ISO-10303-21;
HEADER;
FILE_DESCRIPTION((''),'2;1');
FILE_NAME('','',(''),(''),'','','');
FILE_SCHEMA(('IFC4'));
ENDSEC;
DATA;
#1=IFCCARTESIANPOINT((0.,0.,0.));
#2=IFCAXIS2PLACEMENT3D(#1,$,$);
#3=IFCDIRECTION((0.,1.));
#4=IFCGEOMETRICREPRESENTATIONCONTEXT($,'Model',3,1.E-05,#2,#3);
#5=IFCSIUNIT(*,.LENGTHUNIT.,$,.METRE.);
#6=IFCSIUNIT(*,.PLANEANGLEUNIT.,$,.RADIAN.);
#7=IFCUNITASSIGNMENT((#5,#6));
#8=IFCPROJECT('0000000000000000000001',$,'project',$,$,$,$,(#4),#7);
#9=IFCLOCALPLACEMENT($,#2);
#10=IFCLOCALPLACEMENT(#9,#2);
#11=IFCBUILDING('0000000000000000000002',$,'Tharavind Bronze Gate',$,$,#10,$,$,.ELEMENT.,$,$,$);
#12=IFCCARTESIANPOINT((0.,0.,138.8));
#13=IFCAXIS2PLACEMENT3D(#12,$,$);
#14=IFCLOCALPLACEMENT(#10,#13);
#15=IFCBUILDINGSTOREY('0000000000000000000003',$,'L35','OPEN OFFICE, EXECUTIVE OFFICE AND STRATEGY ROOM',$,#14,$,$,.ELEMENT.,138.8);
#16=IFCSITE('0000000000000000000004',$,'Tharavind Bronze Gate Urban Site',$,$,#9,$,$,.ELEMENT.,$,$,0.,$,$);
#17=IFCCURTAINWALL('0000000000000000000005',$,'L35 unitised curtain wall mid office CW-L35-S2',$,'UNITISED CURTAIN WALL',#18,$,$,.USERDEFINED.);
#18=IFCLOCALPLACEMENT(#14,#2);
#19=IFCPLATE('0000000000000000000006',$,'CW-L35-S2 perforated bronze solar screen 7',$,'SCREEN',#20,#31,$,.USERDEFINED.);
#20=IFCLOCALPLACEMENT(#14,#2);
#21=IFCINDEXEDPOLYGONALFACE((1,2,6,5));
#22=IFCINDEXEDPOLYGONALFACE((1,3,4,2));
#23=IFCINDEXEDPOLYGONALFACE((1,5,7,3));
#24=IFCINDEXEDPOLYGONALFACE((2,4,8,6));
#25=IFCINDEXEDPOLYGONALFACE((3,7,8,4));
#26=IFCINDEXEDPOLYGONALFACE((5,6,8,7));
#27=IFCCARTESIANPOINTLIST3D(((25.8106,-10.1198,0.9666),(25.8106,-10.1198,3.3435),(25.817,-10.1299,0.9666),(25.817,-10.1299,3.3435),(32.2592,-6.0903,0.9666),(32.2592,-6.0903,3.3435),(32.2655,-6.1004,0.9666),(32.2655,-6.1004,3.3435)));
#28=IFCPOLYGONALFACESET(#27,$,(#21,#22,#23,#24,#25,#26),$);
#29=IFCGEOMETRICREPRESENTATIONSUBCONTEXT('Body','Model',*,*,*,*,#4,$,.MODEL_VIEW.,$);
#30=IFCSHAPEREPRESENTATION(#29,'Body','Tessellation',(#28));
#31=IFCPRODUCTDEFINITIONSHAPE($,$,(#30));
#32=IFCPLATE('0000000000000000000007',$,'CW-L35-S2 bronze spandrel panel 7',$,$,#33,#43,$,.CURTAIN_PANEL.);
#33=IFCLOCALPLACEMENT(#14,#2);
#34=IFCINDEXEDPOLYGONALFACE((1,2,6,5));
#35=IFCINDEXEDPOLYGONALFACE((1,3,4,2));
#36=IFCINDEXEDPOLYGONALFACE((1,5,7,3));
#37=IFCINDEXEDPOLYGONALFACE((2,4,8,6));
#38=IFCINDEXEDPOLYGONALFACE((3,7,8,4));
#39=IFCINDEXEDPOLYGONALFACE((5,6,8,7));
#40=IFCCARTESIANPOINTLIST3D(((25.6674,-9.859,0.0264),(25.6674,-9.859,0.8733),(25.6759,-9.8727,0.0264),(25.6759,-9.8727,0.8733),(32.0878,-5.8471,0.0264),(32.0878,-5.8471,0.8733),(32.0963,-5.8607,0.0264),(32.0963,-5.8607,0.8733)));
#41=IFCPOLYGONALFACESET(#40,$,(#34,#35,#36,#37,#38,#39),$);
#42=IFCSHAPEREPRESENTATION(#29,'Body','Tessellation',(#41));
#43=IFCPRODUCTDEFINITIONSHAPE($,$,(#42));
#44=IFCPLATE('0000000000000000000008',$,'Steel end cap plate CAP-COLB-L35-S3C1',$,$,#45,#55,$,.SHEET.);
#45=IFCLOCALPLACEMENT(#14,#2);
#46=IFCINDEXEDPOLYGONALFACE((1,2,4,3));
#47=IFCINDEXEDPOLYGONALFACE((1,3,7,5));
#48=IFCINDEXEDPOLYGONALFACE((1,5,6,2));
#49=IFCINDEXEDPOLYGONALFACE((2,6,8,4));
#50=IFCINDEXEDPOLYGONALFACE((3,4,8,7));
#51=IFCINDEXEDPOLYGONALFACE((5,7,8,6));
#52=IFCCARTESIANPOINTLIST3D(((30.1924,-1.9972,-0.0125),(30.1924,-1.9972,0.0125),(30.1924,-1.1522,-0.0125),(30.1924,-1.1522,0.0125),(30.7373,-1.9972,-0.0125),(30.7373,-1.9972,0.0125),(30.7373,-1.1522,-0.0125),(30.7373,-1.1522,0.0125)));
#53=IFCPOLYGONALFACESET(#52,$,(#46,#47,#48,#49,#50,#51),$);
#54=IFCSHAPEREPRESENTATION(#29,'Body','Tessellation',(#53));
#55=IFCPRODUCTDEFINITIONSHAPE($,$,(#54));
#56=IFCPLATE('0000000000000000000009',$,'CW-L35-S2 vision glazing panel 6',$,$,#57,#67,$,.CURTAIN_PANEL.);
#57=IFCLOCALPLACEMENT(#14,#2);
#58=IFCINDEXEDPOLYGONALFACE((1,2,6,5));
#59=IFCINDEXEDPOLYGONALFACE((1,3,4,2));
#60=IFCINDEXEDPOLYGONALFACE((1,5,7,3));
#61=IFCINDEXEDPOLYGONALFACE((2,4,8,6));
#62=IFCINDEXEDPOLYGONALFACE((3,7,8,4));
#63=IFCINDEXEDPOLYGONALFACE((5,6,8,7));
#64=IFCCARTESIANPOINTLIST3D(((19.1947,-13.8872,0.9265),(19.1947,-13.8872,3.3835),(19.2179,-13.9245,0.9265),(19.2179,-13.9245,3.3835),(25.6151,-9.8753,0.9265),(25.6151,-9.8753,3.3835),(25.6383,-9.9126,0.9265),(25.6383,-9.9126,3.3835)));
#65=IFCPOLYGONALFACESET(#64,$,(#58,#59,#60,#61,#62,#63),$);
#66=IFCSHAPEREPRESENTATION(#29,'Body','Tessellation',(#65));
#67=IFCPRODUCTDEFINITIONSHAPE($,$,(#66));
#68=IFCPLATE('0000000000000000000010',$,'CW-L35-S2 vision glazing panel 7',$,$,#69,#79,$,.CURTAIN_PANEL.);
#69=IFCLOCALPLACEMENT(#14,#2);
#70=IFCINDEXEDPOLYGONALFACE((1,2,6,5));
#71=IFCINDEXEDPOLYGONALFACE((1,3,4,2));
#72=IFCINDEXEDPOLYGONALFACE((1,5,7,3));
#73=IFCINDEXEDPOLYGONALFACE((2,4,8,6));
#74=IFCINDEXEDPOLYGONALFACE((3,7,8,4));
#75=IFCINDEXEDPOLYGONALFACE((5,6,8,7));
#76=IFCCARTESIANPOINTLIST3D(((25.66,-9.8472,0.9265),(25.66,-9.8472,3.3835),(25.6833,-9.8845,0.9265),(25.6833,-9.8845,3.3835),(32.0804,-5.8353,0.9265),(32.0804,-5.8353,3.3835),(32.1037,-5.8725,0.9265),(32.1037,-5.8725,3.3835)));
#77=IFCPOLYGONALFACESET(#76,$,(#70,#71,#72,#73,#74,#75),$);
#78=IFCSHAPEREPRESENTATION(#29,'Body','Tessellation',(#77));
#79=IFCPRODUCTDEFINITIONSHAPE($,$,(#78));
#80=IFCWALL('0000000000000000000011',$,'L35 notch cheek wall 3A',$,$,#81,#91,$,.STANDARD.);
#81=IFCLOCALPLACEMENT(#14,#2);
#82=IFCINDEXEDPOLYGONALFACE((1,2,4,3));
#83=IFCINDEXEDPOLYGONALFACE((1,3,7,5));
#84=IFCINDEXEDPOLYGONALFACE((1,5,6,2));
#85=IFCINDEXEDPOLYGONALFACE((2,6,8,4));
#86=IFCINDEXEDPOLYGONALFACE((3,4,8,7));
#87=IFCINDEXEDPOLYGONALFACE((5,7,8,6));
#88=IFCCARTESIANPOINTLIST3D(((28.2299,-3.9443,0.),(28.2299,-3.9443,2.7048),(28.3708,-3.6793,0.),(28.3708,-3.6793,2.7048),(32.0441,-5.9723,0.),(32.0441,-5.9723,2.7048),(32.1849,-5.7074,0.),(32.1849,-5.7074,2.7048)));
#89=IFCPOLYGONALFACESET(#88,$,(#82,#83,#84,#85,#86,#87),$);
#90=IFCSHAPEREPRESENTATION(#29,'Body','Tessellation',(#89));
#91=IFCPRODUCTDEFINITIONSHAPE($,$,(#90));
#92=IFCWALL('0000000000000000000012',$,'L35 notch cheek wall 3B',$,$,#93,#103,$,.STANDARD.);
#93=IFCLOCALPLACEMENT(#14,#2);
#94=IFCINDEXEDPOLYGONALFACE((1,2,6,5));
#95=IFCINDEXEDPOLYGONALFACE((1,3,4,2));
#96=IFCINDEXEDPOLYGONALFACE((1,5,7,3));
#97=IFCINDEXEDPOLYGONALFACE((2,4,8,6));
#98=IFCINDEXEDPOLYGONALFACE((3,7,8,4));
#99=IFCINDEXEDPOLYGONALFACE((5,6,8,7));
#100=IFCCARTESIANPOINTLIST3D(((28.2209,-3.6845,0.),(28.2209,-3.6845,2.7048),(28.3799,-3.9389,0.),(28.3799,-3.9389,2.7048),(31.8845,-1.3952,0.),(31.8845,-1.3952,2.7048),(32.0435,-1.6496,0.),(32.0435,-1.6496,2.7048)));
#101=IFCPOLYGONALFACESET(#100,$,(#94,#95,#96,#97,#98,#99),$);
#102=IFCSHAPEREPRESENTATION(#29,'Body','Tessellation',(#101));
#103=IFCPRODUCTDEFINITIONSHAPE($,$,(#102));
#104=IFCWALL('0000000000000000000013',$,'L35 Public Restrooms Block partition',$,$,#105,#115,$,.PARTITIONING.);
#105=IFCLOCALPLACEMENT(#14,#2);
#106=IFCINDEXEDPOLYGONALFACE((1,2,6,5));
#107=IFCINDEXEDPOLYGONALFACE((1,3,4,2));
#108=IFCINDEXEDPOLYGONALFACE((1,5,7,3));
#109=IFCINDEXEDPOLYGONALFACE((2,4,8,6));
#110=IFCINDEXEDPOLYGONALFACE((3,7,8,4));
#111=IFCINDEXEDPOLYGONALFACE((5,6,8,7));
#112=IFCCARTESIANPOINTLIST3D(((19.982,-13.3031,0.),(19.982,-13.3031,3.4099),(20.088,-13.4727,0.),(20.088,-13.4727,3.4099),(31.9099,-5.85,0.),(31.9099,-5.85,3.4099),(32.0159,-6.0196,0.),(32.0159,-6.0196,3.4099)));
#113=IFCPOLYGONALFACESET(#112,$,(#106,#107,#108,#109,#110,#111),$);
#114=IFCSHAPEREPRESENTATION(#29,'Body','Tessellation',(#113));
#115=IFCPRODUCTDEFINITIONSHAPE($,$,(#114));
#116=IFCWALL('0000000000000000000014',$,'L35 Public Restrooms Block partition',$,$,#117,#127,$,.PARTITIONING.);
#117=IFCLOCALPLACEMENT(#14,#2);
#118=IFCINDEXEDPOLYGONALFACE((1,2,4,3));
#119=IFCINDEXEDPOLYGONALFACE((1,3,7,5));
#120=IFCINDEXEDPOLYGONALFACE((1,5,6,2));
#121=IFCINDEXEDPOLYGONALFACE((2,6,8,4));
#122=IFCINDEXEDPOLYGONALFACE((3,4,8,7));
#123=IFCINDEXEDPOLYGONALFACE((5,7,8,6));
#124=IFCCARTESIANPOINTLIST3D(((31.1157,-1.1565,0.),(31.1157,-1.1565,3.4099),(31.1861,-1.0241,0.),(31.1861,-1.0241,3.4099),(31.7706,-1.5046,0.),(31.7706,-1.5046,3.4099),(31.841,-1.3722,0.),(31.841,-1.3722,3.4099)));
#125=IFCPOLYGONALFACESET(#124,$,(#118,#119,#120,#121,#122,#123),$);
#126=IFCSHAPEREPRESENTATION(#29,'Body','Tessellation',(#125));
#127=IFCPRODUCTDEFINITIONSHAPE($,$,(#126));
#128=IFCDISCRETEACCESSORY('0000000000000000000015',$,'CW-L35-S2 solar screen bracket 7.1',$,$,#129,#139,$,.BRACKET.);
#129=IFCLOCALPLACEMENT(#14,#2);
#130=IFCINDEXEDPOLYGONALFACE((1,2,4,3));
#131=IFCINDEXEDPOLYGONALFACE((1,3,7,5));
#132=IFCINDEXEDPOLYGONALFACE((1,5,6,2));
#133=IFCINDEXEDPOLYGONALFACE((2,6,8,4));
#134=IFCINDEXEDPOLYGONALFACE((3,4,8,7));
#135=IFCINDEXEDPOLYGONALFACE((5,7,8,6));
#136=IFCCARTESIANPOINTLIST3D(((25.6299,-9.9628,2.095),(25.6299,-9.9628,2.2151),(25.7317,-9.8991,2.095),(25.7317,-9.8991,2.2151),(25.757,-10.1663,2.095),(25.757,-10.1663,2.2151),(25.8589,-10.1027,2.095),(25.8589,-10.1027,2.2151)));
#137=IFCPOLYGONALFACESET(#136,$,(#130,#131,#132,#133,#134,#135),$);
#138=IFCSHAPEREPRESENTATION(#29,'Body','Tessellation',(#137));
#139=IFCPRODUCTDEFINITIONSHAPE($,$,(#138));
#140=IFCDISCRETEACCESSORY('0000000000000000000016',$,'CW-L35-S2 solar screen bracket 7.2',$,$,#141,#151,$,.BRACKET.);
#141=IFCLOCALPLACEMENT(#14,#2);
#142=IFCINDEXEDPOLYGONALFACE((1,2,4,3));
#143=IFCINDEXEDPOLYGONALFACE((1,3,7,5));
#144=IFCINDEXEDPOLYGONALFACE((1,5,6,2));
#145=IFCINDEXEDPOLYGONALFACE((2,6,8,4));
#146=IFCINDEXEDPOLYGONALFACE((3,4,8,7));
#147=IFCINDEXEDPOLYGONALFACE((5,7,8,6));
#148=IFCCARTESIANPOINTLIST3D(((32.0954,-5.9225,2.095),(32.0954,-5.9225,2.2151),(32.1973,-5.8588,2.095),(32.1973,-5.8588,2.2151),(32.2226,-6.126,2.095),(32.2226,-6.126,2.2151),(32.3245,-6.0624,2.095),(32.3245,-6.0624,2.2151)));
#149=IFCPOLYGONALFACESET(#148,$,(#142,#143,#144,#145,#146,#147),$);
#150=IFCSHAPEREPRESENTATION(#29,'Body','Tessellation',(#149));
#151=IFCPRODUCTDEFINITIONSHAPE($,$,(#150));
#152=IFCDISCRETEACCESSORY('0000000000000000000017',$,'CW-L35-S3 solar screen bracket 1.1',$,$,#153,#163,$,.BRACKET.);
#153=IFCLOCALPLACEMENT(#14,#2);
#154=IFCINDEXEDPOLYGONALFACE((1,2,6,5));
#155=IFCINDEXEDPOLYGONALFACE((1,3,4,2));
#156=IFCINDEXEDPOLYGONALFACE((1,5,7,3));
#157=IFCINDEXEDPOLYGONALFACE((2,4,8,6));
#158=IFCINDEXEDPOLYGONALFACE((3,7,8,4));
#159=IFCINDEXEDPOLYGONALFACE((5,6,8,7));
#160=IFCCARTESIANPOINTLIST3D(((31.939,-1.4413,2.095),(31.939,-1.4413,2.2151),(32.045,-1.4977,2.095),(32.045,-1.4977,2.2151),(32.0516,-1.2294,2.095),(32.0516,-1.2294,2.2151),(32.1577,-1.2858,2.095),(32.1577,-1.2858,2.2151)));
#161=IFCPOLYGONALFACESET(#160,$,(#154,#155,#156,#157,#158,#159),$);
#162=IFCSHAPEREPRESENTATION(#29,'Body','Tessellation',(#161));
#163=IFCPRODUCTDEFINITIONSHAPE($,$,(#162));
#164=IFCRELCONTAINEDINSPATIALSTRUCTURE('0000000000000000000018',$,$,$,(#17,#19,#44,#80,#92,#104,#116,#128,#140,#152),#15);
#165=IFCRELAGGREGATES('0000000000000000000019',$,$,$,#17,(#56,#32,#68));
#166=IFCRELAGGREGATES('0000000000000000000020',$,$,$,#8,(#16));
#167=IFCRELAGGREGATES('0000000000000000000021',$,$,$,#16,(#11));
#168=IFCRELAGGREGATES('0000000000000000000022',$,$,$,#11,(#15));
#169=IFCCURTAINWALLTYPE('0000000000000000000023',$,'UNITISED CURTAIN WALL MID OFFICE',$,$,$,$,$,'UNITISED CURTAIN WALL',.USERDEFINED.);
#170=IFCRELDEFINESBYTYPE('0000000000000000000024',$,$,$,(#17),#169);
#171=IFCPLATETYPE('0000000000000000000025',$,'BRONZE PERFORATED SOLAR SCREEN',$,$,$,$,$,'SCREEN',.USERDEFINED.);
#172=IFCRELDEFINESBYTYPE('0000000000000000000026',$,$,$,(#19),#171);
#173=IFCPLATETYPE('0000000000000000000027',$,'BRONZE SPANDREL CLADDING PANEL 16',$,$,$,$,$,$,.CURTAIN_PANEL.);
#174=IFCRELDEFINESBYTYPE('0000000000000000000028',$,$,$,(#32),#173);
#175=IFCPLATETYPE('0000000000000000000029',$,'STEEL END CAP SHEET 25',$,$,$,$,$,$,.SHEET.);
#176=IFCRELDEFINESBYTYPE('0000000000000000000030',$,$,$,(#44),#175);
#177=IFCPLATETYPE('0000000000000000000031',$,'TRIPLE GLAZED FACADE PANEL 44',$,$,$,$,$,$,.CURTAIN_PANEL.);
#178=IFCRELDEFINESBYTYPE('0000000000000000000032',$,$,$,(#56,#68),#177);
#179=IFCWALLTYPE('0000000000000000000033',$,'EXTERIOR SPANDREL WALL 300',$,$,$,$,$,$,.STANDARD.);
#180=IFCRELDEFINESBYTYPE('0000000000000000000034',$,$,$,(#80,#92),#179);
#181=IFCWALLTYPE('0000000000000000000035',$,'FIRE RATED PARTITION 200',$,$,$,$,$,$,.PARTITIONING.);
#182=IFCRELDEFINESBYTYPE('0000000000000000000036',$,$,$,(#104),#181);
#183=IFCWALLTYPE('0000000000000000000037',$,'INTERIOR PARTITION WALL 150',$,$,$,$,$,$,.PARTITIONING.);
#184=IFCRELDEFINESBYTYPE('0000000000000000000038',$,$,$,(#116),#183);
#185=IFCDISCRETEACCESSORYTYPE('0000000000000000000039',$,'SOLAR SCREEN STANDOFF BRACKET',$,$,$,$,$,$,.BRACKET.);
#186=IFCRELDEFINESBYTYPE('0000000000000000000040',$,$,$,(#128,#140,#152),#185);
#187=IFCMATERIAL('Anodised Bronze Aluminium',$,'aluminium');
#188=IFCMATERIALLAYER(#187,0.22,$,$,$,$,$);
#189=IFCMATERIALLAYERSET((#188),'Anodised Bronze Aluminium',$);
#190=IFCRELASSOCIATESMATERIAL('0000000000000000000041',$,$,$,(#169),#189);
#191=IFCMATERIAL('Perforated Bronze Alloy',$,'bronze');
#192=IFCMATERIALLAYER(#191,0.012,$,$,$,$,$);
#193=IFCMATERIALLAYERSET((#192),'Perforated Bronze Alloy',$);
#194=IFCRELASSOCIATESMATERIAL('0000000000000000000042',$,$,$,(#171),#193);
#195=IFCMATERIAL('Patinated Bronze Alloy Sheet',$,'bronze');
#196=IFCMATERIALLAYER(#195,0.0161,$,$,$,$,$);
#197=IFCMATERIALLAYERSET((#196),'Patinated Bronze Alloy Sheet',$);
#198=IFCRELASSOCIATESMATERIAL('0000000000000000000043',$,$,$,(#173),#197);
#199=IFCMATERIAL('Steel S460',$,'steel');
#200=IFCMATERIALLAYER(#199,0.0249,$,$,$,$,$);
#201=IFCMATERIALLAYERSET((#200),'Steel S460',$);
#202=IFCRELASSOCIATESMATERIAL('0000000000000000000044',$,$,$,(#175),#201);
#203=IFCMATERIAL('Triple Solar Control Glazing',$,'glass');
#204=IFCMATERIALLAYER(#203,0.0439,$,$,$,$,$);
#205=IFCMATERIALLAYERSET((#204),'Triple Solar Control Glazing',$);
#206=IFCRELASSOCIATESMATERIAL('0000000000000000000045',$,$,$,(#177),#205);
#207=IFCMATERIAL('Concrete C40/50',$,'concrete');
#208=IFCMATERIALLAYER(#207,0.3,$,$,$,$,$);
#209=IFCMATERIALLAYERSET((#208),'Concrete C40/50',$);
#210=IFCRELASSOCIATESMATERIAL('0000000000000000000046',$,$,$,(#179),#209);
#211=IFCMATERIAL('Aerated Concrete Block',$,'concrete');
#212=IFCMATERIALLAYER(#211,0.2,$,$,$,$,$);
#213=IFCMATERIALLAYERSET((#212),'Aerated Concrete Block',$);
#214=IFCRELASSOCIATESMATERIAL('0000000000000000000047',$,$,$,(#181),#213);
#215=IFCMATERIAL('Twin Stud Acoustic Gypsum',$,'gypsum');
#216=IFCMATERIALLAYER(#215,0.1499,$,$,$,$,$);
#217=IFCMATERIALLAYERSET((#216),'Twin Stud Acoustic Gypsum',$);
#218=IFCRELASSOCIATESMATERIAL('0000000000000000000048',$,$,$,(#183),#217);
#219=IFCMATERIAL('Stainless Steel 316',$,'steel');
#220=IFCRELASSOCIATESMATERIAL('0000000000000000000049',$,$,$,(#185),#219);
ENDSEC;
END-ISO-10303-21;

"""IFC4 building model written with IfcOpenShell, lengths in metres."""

from ifc_helpers import new_model, si_unit, direction, frame, frame_2d, origin, origin_2d, place, context, subcontext, project, spatial, rectangle, extrude, material, layer, layer_set, type_object, element, aggregate, save


model = new_model("IFC4")

# Units and contexts
model_context = context("Model", 3, precision=1e-05, world=origin(), true_north=direction((0.0, 1.0)))
body_context = subcontext(model_context, "Body", "Model", "MODEL_VIEW")
ifc_project = project(units=[si_unit("LENGTHUNIT", "METRE"), si_unit("PLANEANGLEUNIT", "RADIAN")], contexts=[model_context])

# Site, building, storey
site_placement = place(None, origin())
site = spatial("IfcSite", under=ifc_project, at=site_placement, Name="Tharavind Bronze Gate Urban Site", CompositionType="ELEMENT", RefElevation=0.0)
building_placement = place(site_placement, origin())
building = spatial("IfcBuilding", under=site, at=building_placement, Name="Tharavind Bronze Gate", CompositionType="ELEMENT")
storey_placement = place(building_placement, frame((0.0, 0.0, 138.8)))
storey = spatial("IfcBuildingStorey", under=building, at=storey_placement, Name="L35", Description="OPEN OFFICE, EXECUTIVE OFFICE AND STRATEGY ROOM", CompositionType="ELEMENT", Elevation=138.8)

# Shared definitions
ifc_material_1 = material(Name="Steel S460", Category="steel")

# Curtain wall
ifc_material_2 = material(Name="Anodised Bronze Aluminium", Category="aluminium")
ifc_layer_1 = layer(ifc_material_2, 0.22)
ifc_layer_set_1 = layer_set([ifc_layer_1], Name="Anodised Bronze Aluminium")
curtain_wall_type = type_object("IfcCurtainWallType", Name="UNITISED CURTAIN WALL MID OFFICE", ElementType="UNITISED CURTAIN WALL", PredefinedType="USERDEFINED", material=ifc_layer_set_1)
curtain_wall_1_placement = place(storey_placement, origin())
curtain_wall_1 = element("IfcCurtainWall", 1, at=curtain_wall_1_placement, inside=storey, type_object=curtain_wall_type, Name="L35 unitised curtain wall mid office CW-L35-S2", ObjectType="UNITISED CURTAIN WALL", PredefinedType="USERDEFINED")

# Plates
ifc_material_3 = material(Name="Perforated Bronze Alloy", Category="bronze")
ifc_layer_2 = layer(ifc_material_3, 0.012)
ifc_layer_set_2 = layer_set([ifc_layer_2], Name="Perforated Bronze Alloy")
plate_type_1 = type_object("IfcPlateType", Name="BRONZE PERFORATED SOLAR SCREEN", ElementType="SCREEN", PredefinedType="USERDEFINED", material=ifc_layer_set_2)
plate_1_placement = place(storey_placement, frame((29.0381, -8.1101, 0.9666), z_axis=(0.0, 0.0, 1.0), x_axis=(0.848048, 0.529919, 0.0)))
element("IfcPlate", 2, at=plate_1_placement, inside=storey, type_object=plate_type_1, Name="CW-L35-S2 perforated bronze solar screen 7", ObjectType="SCREEN", PredefinedType="USERDEFINED", context=body_context, shape_type="SweptSolid", body=[
    extrude(rectangle(XDim=7.604, YDim=0.012, at=origin_2d()), origin(), (0.0, 0.0, 1.0), 2.377),
])
ifc_material_4 = material(Name="Patinated Bronze Alloy Sheet", Category="bronze")
ifc_layer_3 = layer(ifc_material_4, 0.0161)
ifc_layer_set_3 = layer_set([ifc_layer_3], Name="Patinated Bronze Alloy Sheet")
plate_type_2 = type_object("IfcPlateType", Name="BRONZE SPANDREL CLADDING PANEL 16", PredefinedType="CURTAIN_PANEL", material=ifc_layer_set_3)
plate_2_placement = place(storey_placement, frame((28.8818, -7.8599, 0.0264), z_axis=(0.0, 0.0, 1.0), x_axis=(0.848048, 0.529919, 0.0)))
plate_2 = element("IfcPlate", 3, at=plate_2_placement, type_object=plate_type_2, Name="CW-L35-S2 bronze spandrel panel 7", PredefinedType="CURTAIN_PANEL", context=body_context, shape_type="SweptSolid", body=[
    extrude(rectangle(XDim=7.5708, YDim=0.0161, at=origin_2d()), origin(), (0.0, 0.0, 1.0), 0.8469),
])
ifc_layer_4 = layer(ifc_material_1, 0.0249)
ifc_layer_set_4 = layer_set([ifc_layer_4], Name="Steel S460")
plate_type_3 = type_object("IfcPlateType", Name="STEEL END CAP SHEET 25", PredefinedType="SHEET", material=ifc_layer_set_4)
plate_3_placement = place(storey_placement, frame((30.4648, -1.5747, -0.0125), z_axis=(0.0, 0.0, 1.0), x_axis=(1.0, 0.0, 0.0)))
element("IfcPlate", 4, at=plate_3_placement, inside=storey, type_object=plate_type_3, Name="Steel end cap plate CAP-COLB-L35-S3C1", PredefinedType="SHEET", context=body_context, shape_type="SweptSolid", body=[
    extrude(rectangle(XDim=0.5449, YDim=0.845, at=origin_2d()), origin(), (0.0, 0.0, 1.0), 0.0249),
])
ifc_material_5 = material(Name="Triple Solar Control Glazing", Category="glass")
ifc_layer_5 = layer(ifc_material_5, 0.0439)
ifc_layer_set_5 = layer_set([ifc_layer_5], Name="Triple Solar Control Glazing")
plate_type_4 = type_object("IfcPlateType", Name="TRIPLE GLAZED FACADE PANEL 44", PredefinedType="CURTAIN_PANEL", material=ifc_layer_set_5)
plate_4_placement = place(storey_placement, frame((22.4165, -11.8999, 0.9265), z_axis=(0.0, 0.0, 1.0), x_axis=(0.848048, 0.529919, 0.0)))
plate_4 = element("IfcPlate", 5, at=plate_4_placement, type_object=plate_type_4, Name="CW-L35-S2 vision glazing panel 6", PredefinedType="CURTAIN_PANEL", context=body_context, shape_type="SweptSolid", body=[
    extrude(rectangle(XDim=7.5708, YDim=0.0439, at=origin_2d()), origin(), (0.0, 0.0, 1.0), 2.457),
])
plate_5_placement = place(storey_placement, frame((28.8818, -7.8599, 0.9265), z_axis=(0.0, 0.0, 1.0), x_axis=(0.848048, 0.529919, 0.0)))
plate_5 = element("IfcPlate", 6, at=plate_5_placement, type_object=plate_type_4, Name="CW-L35-S2 vision glazing panel 7", PredefinedType="CURTAIN_PANEL", context=body_context, shape_type="SweptSolid", body=[
    extrude(rectangle(XDim=7.5708, YDim=0.0439, at=origin_2d()), origin(), (0.0, 0.0, 1.0), 2.457),
])
aggregate(curtain_wall_1, [plate_4, plate_2, plate_5])

# Walls
ifc_material_6 = material(Name="Concrete C40/50", Category="concrete")
ifc_layer_6 = layer(ifc_material_6, 0.3)
ifc_layer_set_6 = layer_set([ifc_layer_6], Name="Concrete C40/50")
wall_type_1 = type_object("IfcWallType", Name="EXTERIOR SPANDREL WALL 300", PredefinedType="STANDARD", material=ifc_layer_set_6)
wall_1_placement = place(storey_placement, frame((32.1145, -5.8398, 0.0), z_axis=(0.0, 0.0, 1.0), x_axis=(-0.882945, 0.469476, 0.0)))
element("IfcWall", 7, at=wall_1_placement, inside=storey, type_object=wall_type_1, Name="L35 notch cheek wall 3A", PredefinedType="STANDARD", context=body_context, shape_type="SweptSolid", body=[
    extrude(rectangle(XDim=4.3198, YDim=0.3, at=frame_2d((2.1599, 0.0))), origin(), (0.0, 0.0, 1.0), 2.7048),
])
wall_2_placement = place(storey_placement, frame((28.3003, -3.8118, 0.0), z_axis=(0.0, 0.0, 1.0), x_axis=(0.848043, 0.529928, 0.0)))
element("IfcWall", 8, at=wall_2_placement, inside=storey, type_object=wall_type_1, Name="L35 notch cheek wall 3B", PredefinedType="STANDARD", context=body_context, shape_type="SweptSolid", body=[
    extrude(rectangle(XDim=4.3201, YDim=0.3, at=frame_2d((2.1602, 0.0))), origin(), (0.0, 0.0, 1.0), 2.7048),
])
ifc_material_7 = material(Name="Aerated Concrete Block", Category="concrete")
ifc_layer_7 = layer(ifc_material_7, 0.2)
ifc_layer_set_7 = layer_set([ifc_layer_7], Name="Aerated Concrete Block")
wall_type_2 = type_object("IfcWallType", Name="FIRE RATED PARTITION 200", PredefinedType="PARTITIONING", material=ifc_layer_set_7)
wall_3_placement = place(storey_placement, frame((31.9629, -5.9348, 0.0), z_axis=(0.0, 0.0, 1.0), x_axis=(-0.848058, -0.529904, 0.0)))
element("IfcWall", 9, at=wall_3_placement, inside=storey, type_object=wall_type_2, Name="L35 Public Restrooms Block partition", PredefinedType="PARTITIONING", context=body_context, shape_type="SweptSolid", body=[
    extrude(rectangle(XDim=14.0649, YDim=0.2, at=frame_2d((7.0325, 0.0))), origin(), (0.0, 0.0, 1.0), 3.4099),
])
ifc_material_8 = material(Name="Twin Stud Acoustic Gypsum", Category="gypsum")
ifc_layer_8 = layer(ifc_material_8, 0.1499)
ifc_layer_set_8 = layer_set([ifc_layer_8], Name="Twin Stud Acoustic Gypsum")
wall_type_3 = type_object("IfcWallType", Name="INTERIOR PARTITION WALL 150", PredefinedType="PARTITIONING", material=ifc_layer_set_8)
wall_4_placement = place(storey_placement, frame((31.1509, -1.0903, 0.0), z_axis=(0.0, 0.0, 1.0), x_axis=(0.883026, -0.469324, 0.0)))
element("IfcWall", 10, at=wall_4_placement, inside=storey, type_object=wall_type_3, Name="L35 Public Restrooms Block partition", PredefinedType="PARTITIONING", context=body_context, shape_type="SweptSolid", body=[
    extrude(rectangle(XDim=0.7417, YDim=0.1499, at=frame_2d((0.3708, 0.0))), origin(), (0.0, 0.0, 1.0), 3.4099),
])

# Discrete accessories
ifc_material_9 = material(Name="Stainless Steel 316", Category="steel")
discrete_accessory_type = type_object("IfcDiscreteAccessoryType", Name="SOLAR SCREEN STANDOFF BRACKET", PredefinedType="BRACKET", material=ifc_material_9)
for number, where, z_axis, x_axis, name in (
    (11, (25.7444, -10.0327, 2.095), (0.0, 0.0, 1.0), (0.848048, 0.529919, 0.0), "CW-L35-S2 solar screen bracket 7.1"),
    (12, (32.21, -5.9924, 2.095), (0.0, 0.0, 1.0), (0.848048, 0.529919, 0.0), "CW-L35-S2 solar screen bracket 7.2"),
    (13, (32.0483, -1.3635, 2.095), (0.0, 0.0, 1.0), (-0.882948, 0.469472, 0.0), "CW-L35-S3 solar screen bracket 1.1"),
):
    element("IfcDiscreteAccessory", number, at=place(storey_placement, frame(where, z_axis=z_axis, x_axis=x_axis)), inside=storey, type_object=discrete_accessory_type, Name=name, PredefinedType="BRACKET", context=body_context, shape_type="SweptSolid", body=[
        extrude(rectangle(XDim=0.1201, YDim=0.24, at=origin_2d()), origin(), (0.0, 0.0, 1.0), 0.1201),
    ])

save(model, "model.ifc")
